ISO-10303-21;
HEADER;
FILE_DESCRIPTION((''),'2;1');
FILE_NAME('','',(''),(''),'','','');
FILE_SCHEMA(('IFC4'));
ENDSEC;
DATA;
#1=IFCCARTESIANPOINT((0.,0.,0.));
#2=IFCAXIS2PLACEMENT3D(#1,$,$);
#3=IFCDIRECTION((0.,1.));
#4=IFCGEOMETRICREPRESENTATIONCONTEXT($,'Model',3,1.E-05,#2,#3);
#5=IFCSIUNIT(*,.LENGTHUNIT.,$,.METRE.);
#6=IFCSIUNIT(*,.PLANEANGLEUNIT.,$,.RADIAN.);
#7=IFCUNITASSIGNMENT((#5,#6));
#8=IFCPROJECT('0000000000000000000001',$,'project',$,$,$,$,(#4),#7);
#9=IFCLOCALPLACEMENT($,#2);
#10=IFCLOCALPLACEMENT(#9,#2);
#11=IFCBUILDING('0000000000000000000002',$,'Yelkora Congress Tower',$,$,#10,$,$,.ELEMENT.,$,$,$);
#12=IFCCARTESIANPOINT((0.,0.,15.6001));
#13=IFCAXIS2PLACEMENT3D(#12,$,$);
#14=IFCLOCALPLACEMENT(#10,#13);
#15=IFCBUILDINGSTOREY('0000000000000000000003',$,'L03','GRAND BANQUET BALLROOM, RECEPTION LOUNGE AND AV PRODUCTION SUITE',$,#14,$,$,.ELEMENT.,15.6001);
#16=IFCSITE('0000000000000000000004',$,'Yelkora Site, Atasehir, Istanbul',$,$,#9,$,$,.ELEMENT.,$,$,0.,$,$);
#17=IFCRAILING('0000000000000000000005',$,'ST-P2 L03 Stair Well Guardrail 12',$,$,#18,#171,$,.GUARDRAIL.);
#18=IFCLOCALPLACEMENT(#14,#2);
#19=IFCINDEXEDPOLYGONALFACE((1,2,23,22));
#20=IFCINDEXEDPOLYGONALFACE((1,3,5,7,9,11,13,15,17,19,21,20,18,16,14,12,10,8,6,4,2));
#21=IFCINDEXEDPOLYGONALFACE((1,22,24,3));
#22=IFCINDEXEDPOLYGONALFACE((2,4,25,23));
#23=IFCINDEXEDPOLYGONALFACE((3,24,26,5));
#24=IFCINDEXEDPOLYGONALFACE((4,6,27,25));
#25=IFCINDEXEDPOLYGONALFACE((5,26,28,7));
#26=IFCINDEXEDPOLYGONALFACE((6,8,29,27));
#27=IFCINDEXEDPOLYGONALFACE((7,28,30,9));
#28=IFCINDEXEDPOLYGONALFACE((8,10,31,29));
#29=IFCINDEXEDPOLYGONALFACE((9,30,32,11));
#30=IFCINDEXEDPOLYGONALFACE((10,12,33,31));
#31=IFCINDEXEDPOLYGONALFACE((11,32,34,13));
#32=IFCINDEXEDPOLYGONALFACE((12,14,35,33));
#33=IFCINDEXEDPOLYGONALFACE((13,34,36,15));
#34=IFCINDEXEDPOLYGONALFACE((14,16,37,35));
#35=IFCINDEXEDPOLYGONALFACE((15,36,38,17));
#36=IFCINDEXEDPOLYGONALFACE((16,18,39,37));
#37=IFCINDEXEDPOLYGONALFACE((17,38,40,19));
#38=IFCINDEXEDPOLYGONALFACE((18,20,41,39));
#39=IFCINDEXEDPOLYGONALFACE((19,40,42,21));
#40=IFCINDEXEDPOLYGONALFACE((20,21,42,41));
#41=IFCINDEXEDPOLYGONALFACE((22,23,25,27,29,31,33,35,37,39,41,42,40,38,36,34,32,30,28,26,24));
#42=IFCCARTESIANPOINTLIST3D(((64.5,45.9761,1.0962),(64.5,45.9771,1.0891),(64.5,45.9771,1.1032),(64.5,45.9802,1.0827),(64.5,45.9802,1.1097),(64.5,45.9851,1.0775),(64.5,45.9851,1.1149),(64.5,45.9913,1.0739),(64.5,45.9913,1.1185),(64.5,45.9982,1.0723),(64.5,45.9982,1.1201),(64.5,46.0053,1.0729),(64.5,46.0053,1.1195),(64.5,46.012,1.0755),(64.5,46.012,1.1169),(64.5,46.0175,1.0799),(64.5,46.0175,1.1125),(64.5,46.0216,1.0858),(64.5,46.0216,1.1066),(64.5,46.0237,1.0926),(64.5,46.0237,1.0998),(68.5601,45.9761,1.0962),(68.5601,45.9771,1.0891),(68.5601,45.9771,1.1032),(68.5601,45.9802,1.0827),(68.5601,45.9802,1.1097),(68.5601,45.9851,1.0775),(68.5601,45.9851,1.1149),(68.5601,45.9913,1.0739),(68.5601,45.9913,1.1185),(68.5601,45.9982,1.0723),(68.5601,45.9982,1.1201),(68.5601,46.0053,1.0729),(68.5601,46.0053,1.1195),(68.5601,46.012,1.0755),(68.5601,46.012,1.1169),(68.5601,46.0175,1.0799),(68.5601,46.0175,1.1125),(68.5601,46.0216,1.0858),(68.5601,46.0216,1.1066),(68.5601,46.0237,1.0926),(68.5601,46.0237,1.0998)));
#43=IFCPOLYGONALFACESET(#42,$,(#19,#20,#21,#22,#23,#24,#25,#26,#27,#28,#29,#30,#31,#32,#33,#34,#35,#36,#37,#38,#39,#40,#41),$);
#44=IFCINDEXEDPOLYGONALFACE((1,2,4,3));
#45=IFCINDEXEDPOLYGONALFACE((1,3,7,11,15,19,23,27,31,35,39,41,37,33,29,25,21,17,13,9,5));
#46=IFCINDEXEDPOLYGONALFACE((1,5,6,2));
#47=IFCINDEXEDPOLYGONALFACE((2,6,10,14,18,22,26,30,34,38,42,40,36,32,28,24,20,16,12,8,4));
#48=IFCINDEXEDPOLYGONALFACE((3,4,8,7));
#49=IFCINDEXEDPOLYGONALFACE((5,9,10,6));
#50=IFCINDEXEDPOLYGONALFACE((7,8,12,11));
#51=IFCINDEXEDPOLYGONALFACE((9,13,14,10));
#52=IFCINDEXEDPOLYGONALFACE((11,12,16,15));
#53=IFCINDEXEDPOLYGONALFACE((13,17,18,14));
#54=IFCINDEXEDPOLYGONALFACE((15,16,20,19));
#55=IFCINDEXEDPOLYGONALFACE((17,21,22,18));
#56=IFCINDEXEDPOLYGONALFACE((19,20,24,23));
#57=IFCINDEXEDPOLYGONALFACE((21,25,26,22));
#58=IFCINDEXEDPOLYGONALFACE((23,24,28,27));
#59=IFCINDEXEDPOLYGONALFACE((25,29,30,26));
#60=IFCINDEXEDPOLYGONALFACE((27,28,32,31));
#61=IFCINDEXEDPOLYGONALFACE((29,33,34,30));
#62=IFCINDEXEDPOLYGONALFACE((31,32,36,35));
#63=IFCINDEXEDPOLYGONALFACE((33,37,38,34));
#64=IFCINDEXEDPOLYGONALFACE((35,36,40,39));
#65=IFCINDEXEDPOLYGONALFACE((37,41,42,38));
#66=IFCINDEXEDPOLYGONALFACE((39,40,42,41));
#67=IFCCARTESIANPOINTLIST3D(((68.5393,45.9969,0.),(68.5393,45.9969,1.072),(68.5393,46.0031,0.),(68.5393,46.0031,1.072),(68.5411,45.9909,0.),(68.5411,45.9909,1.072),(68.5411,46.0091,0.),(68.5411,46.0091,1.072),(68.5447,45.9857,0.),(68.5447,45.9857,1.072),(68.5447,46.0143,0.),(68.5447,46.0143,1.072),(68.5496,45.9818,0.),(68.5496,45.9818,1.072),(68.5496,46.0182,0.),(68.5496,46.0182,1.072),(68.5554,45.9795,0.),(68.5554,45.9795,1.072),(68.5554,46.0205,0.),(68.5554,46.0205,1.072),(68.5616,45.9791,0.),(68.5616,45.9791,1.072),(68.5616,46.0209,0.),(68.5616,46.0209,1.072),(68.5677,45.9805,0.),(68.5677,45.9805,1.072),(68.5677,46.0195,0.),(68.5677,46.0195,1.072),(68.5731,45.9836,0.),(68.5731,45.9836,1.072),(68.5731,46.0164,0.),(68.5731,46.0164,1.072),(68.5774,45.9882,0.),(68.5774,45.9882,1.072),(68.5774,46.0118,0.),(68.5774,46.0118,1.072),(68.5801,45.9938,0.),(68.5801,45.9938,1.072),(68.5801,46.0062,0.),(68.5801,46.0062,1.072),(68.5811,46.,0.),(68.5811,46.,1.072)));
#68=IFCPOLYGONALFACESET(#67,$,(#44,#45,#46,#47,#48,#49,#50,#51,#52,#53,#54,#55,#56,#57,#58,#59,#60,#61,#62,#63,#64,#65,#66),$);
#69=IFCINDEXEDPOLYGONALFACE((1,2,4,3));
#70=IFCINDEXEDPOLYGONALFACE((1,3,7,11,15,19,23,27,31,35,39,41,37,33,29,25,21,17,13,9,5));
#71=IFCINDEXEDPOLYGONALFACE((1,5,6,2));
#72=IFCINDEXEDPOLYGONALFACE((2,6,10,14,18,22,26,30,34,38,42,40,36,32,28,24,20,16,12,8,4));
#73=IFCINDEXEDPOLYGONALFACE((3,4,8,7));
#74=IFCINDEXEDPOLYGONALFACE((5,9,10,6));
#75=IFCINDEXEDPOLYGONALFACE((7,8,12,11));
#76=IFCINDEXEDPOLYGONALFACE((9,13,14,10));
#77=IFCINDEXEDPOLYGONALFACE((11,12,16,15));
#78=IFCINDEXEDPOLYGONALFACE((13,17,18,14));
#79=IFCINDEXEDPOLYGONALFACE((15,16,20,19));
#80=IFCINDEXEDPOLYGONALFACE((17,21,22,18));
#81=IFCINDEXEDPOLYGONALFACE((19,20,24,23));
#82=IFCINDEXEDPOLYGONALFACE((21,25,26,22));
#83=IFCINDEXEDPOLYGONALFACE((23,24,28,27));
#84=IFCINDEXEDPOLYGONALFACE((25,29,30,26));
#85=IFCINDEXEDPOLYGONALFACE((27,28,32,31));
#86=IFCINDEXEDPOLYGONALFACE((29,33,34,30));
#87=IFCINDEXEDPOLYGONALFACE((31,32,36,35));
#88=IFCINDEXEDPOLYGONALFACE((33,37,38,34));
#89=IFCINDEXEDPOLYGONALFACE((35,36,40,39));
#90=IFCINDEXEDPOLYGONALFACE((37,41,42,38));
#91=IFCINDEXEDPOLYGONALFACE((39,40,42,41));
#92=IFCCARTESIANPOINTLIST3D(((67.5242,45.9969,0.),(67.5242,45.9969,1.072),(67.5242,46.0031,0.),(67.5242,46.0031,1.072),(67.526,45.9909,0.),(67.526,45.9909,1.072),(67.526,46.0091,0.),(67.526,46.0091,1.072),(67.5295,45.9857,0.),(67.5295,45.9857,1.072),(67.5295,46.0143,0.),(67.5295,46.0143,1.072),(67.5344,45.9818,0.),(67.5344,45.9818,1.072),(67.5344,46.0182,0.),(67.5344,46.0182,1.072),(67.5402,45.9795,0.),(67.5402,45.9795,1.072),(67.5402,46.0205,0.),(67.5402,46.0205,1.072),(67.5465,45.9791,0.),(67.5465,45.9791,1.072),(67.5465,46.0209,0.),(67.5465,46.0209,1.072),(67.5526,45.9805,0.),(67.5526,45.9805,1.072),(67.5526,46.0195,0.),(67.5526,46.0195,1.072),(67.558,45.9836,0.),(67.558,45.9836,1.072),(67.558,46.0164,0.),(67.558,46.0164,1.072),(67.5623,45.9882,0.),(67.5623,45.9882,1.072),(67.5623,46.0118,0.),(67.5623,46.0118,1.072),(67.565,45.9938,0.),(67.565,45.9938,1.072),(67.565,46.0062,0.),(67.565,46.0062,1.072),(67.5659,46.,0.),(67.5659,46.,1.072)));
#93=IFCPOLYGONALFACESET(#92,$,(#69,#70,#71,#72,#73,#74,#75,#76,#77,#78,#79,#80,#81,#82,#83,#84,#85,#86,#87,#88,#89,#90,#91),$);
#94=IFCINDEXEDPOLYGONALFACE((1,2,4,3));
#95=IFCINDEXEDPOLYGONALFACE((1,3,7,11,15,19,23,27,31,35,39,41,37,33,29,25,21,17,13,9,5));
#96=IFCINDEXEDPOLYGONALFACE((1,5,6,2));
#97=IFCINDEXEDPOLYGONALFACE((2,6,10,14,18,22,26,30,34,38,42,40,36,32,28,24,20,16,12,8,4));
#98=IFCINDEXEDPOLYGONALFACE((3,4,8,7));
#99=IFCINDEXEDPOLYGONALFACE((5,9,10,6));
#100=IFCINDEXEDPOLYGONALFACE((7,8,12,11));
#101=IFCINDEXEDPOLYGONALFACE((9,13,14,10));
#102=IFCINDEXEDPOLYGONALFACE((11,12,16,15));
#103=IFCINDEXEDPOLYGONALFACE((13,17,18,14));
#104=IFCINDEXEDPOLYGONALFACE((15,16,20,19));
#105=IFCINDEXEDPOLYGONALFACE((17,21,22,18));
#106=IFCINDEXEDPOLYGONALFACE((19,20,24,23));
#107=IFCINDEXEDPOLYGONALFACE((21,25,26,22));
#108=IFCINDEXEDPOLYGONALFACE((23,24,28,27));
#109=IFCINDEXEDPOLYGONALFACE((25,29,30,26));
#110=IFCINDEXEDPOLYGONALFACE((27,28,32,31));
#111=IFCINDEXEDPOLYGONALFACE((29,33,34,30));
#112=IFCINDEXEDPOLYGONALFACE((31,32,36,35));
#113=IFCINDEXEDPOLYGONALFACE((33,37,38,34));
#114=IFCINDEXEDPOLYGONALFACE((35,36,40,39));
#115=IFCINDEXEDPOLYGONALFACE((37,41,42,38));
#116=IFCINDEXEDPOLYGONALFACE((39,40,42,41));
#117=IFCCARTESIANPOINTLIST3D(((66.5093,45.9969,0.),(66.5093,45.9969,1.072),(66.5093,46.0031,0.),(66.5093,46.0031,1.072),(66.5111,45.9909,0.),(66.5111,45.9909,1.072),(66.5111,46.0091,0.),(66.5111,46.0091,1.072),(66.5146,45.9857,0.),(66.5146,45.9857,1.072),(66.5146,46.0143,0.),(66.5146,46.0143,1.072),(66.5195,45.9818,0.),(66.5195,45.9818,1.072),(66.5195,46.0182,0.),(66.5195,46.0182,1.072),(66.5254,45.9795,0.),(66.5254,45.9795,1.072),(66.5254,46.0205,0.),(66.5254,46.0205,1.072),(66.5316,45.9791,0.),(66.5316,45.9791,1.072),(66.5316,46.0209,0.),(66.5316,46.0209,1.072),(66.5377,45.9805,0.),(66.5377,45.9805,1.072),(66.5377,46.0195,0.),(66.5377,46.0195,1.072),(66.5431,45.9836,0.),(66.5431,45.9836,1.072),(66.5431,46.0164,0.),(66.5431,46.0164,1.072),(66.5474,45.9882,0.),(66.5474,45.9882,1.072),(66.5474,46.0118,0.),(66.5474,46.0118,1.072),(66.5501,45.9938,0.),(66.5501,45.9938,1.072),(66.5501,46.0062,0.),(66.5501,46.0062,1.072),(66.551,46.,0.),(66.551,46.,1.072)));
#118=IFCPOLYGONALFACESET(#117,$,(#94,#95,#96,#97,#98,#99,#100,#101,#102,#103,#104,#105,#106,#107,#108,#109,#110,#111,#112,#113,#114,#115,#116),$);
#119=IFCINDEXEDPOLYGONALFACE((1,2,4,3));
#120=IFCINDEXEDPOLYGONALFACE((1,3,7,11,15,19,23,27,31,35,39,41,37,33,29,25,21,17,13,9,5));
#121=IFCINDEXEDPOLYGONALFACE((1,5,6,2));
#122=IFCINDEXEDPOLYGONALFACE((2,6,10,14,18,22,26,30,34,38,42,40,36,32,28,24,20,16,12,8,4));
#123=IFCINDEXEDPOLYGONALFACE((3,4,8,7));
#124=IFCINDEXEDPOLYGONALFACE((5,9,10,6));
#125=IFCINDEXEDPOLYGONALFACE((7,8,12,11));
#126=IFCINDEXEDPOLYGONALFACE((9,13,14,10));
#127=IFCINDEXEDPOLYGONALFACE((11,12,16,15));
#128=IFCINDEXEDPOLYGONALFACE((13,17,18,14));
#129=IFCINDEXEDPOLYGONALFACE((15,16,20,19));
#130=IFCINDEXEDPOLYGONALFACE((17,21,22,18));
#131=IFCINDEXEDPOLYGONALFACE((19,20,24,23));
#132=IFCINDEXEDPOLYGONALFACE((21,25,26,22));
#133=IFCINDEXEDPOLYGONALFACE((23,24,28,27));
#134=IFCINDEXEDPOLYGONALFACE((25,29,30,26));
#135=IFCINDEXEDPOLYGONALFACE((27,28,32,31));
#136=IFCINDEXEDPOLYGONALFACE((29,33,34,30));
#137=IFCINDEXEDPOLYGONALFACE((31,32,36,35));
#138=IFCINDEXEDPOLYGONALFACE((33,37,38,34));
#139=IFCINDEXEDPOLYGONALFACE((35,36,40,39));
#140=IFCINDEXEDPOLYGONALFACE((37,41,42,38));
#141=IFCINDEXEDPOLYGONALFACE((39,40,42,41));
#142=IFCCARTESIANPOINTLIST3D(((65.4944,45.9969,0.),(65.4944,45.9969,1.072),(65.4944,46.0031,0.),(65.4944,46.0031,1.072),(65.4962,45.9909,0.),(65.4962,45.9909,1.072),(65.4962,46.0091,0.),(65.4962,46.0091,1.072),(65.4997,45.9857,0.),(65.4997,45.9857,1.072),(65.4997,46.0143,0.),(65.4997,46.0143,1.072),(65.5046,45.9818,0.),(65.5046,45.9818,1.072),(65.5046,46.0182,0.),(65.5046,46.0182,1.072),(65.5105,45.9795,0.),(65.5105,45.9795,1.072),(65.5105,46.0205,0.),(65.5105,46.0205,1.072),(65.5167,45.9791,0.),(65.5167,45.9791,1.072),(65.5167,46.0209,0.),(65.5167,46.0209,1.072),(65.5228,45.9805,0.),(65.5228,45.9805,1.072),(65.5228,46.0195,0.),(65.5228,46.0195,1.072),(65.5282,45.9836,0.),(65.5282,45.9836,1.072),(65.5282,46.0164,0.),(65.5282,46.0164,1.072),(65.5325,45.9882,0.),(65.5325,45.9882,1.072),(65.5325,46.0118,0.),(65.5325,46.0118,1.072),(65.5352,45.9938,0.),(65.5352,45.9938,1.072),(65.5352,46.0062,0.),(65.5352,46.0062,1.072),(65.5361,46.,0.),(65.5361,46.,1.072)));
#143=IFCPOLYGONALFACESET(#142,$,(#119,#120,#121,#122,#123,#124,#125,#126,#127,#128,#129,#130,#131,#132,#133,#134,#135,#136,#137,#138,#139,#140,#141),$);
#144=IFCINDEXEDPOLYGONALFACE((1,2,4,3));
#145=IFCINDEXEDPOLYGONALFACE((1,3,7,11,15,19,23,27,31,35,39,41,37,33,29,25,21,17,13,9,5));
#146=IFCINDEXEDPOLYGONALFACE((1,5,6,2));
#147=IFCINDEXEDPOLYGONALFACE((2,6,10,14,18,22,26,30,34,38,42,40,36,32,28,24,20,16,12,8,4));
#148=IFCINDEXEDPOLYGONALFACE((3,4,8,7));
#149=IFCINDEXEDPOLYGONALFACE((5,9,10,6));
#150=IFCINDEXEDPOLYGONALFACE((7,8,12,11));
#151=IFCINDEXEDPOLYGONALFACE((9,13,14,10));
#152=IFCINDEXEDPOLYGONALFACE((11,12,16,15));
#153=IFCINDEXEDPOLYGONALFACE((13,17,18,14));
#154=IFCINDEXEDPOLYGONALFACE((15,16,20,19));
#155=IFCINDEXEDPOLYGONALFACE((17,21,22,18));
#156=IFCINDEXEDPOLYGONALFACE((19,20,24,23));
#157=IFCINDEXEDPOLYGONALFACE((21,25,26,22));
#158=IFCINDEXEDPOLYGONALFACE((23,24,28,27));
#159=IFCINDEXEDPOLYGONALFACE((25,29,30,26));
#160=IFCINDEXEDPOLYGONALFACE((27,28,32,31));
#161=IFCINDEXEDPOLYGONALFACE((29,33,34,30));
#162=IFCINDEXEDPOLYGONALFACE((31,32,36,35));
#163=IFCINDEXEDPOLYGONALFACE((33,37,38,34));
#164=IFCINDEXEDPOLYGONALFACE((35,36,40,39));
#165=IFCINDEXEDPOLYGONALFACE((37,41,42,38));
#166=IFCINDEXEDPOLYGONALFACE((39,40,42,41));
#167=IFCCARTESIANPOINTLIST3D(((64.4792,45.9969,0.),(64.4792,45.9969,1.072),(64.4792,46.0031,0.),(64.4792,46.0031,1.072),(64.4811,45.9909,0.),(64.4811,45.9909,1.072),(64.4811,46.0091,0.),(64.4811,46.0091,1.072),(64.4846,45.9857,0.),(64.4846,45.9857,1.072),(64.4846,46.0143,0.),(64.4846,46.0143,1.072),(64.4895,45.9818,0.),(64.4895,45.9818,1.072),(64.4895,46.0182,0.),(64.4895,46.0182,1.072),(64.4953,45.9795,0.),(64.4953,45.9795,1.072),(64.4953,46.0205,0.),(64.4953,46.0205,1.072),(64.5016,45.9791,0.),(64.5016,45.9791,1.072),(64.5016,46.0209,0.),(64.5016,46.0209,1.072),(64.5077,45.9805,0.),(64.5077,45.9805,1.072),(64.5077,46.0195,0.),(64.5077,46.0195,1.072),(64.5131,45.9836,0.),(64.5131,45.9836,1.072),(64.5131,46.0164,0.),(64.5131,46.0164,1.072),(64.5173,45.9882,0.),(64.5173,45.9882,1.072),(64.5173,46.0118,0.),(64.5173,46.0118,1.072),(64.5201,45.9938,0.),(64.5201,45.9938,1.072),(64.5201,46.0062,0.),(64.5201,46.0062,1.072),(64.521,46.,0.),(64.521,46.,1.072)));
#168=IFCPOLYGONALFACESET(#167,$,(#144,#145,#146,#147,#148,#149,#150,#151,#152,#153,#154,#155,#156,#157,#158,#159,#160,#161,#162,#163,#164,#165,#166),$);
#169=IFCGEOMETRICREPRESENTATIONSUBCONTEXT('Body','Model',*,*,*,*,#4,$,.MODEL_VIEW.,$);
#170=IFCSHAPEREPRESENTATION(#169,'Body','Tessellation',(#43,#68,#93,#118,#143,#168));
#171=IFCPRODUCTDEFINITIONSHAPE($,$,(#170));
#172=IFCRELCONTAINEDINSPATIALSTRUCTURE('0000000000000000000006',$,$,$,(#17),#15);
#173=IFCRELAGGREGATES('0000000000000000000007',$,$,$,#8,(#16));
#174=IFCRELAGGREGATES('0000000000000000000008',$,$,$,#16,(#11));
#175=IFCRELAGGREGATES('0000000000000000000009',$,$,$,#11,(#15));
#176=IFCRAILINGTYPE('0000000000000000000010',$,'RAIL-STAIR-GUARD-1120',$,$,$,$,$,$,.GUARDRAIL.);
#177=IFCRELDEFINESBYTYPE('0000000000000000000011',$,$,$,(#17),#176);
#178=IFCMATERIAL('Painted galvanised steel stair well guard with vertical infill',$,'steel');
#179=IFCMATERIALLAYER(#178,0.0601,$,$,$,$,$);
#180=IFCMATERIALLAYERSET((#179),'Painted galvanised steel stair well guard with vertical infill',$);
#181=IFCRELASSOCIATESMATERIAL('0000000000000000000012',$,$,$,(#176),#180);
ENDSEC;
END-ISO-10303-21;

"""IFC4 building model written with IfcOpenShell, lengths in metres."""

from ifc_helpers import new_model, si_unit, direction, frame, origin, origin_2d, place, context, subcontext, project, spatial, circle, extrude, material, layer, layer_set, type_object, element, save


model = new_model("IFC4")

# Units and contexts
model_context = context("Model", 3, precision=1e-05, world=origin(), true_north=direction((0.0, 1.0)))
body_context = subcontext(model_context, "Body", "Model", "MODEL_VIEW")
ifc_project = project(units=[si_unit("LENGTHUNIT", "METRE"), si_unit("PLANEANGLEUNIT", "RADIAN")], contexts=[model_context])

# Site, building, storey
site_placement = place(None, origin())
site = spatial("IfcSite", under=ifc_project, at=site_placement, Name="Yelkora Site, Atasehir, Istanbul", CompositionType="ELEMENT", RefElevation=0.0)
building_placement = place(site_placement, origin())
building = spatial("IfcBuilding", under=site, at=building_placement, Name="Yelkora Congress Tower", CompositionType="ELEMENT")
storey_placement = place(building_placement, frame((0.0, 0.0, 15.6001)))
storey = spatial("IfcBuildingStorey", under=building, at=storey_placement, Name="L03", Description="GRAND BANQUET BALLROOM, RECEPTION LOUNGE AND AV PRODUCTION SUITE", CompositionType="ELEMENT", Elevation=15.6001)

# Railing
ifc_material_1 = material(Name="Painted galvanised steel stair well guard with vertical infill", Category="steel")
ifc_layer_1 = layer(ifc_material_1, 0.0601)
ifc_layer_set_1 = layer_set([ifc_layer_1], Name="Painted galvanised steel stair well guard with vertical infill")
railing_type_1 = type_object("IfcRailingType", Name="RAIL-STAIR-GUARD-1120", PredefinedType="GUARDRAIL", material=ifc_layer_set_1)
railing_1_placement = place(storey_placement, frame((68.5601, 46.0, 0.0)))
element("IfcRailing", 1, at=railing_1_placement, inside=storey, type_object=railing_type_1, Name="ST-P2 L03 Stair Well Guardrail 12", PredefinedType="GUARDRAIL", context=body_context, shape_type="SweptSolid", body=[
    extrude(circle(Radius=0.0239, at=origin_2d()), frame((0.0, 0.0, 1.0962), z_axis=(-1.0, 0.0, 0.0), x_axis=(0.0, -1.0, 0.0)), (0.0, 0.0, 1.0), 4.0601),
    extrude(circle(Radius=0.021, at=origin_2d()), origin(), (0.0, 0.0, 1.0), 1.072),
    extrude(circle(Radius=0.021, at=origin_2d()), frame((-1.0151, 0.0, 0.0)), (0.0, 0.0, 1.0), 1.072),
    extrude(circle(Radius=0.021, at=origin_2d()), frame((-2.03, 0.0, 0.0)), (0.0, 0.0, 1.0), 1.072),
    extrude(circle(Radius=0.021, at=origin_2d()), frame((-3.0449, 0.0, 0.0)), (0.0, 0.0, 1.0), 1.072),
    extrude(circle(Radius=0.021, at=origin_2d()), frame((-4.0601, 0.0, 0.0)), (0.0, 0.0, 1.0), 1.072),
])

save(model, "model.ifc")
